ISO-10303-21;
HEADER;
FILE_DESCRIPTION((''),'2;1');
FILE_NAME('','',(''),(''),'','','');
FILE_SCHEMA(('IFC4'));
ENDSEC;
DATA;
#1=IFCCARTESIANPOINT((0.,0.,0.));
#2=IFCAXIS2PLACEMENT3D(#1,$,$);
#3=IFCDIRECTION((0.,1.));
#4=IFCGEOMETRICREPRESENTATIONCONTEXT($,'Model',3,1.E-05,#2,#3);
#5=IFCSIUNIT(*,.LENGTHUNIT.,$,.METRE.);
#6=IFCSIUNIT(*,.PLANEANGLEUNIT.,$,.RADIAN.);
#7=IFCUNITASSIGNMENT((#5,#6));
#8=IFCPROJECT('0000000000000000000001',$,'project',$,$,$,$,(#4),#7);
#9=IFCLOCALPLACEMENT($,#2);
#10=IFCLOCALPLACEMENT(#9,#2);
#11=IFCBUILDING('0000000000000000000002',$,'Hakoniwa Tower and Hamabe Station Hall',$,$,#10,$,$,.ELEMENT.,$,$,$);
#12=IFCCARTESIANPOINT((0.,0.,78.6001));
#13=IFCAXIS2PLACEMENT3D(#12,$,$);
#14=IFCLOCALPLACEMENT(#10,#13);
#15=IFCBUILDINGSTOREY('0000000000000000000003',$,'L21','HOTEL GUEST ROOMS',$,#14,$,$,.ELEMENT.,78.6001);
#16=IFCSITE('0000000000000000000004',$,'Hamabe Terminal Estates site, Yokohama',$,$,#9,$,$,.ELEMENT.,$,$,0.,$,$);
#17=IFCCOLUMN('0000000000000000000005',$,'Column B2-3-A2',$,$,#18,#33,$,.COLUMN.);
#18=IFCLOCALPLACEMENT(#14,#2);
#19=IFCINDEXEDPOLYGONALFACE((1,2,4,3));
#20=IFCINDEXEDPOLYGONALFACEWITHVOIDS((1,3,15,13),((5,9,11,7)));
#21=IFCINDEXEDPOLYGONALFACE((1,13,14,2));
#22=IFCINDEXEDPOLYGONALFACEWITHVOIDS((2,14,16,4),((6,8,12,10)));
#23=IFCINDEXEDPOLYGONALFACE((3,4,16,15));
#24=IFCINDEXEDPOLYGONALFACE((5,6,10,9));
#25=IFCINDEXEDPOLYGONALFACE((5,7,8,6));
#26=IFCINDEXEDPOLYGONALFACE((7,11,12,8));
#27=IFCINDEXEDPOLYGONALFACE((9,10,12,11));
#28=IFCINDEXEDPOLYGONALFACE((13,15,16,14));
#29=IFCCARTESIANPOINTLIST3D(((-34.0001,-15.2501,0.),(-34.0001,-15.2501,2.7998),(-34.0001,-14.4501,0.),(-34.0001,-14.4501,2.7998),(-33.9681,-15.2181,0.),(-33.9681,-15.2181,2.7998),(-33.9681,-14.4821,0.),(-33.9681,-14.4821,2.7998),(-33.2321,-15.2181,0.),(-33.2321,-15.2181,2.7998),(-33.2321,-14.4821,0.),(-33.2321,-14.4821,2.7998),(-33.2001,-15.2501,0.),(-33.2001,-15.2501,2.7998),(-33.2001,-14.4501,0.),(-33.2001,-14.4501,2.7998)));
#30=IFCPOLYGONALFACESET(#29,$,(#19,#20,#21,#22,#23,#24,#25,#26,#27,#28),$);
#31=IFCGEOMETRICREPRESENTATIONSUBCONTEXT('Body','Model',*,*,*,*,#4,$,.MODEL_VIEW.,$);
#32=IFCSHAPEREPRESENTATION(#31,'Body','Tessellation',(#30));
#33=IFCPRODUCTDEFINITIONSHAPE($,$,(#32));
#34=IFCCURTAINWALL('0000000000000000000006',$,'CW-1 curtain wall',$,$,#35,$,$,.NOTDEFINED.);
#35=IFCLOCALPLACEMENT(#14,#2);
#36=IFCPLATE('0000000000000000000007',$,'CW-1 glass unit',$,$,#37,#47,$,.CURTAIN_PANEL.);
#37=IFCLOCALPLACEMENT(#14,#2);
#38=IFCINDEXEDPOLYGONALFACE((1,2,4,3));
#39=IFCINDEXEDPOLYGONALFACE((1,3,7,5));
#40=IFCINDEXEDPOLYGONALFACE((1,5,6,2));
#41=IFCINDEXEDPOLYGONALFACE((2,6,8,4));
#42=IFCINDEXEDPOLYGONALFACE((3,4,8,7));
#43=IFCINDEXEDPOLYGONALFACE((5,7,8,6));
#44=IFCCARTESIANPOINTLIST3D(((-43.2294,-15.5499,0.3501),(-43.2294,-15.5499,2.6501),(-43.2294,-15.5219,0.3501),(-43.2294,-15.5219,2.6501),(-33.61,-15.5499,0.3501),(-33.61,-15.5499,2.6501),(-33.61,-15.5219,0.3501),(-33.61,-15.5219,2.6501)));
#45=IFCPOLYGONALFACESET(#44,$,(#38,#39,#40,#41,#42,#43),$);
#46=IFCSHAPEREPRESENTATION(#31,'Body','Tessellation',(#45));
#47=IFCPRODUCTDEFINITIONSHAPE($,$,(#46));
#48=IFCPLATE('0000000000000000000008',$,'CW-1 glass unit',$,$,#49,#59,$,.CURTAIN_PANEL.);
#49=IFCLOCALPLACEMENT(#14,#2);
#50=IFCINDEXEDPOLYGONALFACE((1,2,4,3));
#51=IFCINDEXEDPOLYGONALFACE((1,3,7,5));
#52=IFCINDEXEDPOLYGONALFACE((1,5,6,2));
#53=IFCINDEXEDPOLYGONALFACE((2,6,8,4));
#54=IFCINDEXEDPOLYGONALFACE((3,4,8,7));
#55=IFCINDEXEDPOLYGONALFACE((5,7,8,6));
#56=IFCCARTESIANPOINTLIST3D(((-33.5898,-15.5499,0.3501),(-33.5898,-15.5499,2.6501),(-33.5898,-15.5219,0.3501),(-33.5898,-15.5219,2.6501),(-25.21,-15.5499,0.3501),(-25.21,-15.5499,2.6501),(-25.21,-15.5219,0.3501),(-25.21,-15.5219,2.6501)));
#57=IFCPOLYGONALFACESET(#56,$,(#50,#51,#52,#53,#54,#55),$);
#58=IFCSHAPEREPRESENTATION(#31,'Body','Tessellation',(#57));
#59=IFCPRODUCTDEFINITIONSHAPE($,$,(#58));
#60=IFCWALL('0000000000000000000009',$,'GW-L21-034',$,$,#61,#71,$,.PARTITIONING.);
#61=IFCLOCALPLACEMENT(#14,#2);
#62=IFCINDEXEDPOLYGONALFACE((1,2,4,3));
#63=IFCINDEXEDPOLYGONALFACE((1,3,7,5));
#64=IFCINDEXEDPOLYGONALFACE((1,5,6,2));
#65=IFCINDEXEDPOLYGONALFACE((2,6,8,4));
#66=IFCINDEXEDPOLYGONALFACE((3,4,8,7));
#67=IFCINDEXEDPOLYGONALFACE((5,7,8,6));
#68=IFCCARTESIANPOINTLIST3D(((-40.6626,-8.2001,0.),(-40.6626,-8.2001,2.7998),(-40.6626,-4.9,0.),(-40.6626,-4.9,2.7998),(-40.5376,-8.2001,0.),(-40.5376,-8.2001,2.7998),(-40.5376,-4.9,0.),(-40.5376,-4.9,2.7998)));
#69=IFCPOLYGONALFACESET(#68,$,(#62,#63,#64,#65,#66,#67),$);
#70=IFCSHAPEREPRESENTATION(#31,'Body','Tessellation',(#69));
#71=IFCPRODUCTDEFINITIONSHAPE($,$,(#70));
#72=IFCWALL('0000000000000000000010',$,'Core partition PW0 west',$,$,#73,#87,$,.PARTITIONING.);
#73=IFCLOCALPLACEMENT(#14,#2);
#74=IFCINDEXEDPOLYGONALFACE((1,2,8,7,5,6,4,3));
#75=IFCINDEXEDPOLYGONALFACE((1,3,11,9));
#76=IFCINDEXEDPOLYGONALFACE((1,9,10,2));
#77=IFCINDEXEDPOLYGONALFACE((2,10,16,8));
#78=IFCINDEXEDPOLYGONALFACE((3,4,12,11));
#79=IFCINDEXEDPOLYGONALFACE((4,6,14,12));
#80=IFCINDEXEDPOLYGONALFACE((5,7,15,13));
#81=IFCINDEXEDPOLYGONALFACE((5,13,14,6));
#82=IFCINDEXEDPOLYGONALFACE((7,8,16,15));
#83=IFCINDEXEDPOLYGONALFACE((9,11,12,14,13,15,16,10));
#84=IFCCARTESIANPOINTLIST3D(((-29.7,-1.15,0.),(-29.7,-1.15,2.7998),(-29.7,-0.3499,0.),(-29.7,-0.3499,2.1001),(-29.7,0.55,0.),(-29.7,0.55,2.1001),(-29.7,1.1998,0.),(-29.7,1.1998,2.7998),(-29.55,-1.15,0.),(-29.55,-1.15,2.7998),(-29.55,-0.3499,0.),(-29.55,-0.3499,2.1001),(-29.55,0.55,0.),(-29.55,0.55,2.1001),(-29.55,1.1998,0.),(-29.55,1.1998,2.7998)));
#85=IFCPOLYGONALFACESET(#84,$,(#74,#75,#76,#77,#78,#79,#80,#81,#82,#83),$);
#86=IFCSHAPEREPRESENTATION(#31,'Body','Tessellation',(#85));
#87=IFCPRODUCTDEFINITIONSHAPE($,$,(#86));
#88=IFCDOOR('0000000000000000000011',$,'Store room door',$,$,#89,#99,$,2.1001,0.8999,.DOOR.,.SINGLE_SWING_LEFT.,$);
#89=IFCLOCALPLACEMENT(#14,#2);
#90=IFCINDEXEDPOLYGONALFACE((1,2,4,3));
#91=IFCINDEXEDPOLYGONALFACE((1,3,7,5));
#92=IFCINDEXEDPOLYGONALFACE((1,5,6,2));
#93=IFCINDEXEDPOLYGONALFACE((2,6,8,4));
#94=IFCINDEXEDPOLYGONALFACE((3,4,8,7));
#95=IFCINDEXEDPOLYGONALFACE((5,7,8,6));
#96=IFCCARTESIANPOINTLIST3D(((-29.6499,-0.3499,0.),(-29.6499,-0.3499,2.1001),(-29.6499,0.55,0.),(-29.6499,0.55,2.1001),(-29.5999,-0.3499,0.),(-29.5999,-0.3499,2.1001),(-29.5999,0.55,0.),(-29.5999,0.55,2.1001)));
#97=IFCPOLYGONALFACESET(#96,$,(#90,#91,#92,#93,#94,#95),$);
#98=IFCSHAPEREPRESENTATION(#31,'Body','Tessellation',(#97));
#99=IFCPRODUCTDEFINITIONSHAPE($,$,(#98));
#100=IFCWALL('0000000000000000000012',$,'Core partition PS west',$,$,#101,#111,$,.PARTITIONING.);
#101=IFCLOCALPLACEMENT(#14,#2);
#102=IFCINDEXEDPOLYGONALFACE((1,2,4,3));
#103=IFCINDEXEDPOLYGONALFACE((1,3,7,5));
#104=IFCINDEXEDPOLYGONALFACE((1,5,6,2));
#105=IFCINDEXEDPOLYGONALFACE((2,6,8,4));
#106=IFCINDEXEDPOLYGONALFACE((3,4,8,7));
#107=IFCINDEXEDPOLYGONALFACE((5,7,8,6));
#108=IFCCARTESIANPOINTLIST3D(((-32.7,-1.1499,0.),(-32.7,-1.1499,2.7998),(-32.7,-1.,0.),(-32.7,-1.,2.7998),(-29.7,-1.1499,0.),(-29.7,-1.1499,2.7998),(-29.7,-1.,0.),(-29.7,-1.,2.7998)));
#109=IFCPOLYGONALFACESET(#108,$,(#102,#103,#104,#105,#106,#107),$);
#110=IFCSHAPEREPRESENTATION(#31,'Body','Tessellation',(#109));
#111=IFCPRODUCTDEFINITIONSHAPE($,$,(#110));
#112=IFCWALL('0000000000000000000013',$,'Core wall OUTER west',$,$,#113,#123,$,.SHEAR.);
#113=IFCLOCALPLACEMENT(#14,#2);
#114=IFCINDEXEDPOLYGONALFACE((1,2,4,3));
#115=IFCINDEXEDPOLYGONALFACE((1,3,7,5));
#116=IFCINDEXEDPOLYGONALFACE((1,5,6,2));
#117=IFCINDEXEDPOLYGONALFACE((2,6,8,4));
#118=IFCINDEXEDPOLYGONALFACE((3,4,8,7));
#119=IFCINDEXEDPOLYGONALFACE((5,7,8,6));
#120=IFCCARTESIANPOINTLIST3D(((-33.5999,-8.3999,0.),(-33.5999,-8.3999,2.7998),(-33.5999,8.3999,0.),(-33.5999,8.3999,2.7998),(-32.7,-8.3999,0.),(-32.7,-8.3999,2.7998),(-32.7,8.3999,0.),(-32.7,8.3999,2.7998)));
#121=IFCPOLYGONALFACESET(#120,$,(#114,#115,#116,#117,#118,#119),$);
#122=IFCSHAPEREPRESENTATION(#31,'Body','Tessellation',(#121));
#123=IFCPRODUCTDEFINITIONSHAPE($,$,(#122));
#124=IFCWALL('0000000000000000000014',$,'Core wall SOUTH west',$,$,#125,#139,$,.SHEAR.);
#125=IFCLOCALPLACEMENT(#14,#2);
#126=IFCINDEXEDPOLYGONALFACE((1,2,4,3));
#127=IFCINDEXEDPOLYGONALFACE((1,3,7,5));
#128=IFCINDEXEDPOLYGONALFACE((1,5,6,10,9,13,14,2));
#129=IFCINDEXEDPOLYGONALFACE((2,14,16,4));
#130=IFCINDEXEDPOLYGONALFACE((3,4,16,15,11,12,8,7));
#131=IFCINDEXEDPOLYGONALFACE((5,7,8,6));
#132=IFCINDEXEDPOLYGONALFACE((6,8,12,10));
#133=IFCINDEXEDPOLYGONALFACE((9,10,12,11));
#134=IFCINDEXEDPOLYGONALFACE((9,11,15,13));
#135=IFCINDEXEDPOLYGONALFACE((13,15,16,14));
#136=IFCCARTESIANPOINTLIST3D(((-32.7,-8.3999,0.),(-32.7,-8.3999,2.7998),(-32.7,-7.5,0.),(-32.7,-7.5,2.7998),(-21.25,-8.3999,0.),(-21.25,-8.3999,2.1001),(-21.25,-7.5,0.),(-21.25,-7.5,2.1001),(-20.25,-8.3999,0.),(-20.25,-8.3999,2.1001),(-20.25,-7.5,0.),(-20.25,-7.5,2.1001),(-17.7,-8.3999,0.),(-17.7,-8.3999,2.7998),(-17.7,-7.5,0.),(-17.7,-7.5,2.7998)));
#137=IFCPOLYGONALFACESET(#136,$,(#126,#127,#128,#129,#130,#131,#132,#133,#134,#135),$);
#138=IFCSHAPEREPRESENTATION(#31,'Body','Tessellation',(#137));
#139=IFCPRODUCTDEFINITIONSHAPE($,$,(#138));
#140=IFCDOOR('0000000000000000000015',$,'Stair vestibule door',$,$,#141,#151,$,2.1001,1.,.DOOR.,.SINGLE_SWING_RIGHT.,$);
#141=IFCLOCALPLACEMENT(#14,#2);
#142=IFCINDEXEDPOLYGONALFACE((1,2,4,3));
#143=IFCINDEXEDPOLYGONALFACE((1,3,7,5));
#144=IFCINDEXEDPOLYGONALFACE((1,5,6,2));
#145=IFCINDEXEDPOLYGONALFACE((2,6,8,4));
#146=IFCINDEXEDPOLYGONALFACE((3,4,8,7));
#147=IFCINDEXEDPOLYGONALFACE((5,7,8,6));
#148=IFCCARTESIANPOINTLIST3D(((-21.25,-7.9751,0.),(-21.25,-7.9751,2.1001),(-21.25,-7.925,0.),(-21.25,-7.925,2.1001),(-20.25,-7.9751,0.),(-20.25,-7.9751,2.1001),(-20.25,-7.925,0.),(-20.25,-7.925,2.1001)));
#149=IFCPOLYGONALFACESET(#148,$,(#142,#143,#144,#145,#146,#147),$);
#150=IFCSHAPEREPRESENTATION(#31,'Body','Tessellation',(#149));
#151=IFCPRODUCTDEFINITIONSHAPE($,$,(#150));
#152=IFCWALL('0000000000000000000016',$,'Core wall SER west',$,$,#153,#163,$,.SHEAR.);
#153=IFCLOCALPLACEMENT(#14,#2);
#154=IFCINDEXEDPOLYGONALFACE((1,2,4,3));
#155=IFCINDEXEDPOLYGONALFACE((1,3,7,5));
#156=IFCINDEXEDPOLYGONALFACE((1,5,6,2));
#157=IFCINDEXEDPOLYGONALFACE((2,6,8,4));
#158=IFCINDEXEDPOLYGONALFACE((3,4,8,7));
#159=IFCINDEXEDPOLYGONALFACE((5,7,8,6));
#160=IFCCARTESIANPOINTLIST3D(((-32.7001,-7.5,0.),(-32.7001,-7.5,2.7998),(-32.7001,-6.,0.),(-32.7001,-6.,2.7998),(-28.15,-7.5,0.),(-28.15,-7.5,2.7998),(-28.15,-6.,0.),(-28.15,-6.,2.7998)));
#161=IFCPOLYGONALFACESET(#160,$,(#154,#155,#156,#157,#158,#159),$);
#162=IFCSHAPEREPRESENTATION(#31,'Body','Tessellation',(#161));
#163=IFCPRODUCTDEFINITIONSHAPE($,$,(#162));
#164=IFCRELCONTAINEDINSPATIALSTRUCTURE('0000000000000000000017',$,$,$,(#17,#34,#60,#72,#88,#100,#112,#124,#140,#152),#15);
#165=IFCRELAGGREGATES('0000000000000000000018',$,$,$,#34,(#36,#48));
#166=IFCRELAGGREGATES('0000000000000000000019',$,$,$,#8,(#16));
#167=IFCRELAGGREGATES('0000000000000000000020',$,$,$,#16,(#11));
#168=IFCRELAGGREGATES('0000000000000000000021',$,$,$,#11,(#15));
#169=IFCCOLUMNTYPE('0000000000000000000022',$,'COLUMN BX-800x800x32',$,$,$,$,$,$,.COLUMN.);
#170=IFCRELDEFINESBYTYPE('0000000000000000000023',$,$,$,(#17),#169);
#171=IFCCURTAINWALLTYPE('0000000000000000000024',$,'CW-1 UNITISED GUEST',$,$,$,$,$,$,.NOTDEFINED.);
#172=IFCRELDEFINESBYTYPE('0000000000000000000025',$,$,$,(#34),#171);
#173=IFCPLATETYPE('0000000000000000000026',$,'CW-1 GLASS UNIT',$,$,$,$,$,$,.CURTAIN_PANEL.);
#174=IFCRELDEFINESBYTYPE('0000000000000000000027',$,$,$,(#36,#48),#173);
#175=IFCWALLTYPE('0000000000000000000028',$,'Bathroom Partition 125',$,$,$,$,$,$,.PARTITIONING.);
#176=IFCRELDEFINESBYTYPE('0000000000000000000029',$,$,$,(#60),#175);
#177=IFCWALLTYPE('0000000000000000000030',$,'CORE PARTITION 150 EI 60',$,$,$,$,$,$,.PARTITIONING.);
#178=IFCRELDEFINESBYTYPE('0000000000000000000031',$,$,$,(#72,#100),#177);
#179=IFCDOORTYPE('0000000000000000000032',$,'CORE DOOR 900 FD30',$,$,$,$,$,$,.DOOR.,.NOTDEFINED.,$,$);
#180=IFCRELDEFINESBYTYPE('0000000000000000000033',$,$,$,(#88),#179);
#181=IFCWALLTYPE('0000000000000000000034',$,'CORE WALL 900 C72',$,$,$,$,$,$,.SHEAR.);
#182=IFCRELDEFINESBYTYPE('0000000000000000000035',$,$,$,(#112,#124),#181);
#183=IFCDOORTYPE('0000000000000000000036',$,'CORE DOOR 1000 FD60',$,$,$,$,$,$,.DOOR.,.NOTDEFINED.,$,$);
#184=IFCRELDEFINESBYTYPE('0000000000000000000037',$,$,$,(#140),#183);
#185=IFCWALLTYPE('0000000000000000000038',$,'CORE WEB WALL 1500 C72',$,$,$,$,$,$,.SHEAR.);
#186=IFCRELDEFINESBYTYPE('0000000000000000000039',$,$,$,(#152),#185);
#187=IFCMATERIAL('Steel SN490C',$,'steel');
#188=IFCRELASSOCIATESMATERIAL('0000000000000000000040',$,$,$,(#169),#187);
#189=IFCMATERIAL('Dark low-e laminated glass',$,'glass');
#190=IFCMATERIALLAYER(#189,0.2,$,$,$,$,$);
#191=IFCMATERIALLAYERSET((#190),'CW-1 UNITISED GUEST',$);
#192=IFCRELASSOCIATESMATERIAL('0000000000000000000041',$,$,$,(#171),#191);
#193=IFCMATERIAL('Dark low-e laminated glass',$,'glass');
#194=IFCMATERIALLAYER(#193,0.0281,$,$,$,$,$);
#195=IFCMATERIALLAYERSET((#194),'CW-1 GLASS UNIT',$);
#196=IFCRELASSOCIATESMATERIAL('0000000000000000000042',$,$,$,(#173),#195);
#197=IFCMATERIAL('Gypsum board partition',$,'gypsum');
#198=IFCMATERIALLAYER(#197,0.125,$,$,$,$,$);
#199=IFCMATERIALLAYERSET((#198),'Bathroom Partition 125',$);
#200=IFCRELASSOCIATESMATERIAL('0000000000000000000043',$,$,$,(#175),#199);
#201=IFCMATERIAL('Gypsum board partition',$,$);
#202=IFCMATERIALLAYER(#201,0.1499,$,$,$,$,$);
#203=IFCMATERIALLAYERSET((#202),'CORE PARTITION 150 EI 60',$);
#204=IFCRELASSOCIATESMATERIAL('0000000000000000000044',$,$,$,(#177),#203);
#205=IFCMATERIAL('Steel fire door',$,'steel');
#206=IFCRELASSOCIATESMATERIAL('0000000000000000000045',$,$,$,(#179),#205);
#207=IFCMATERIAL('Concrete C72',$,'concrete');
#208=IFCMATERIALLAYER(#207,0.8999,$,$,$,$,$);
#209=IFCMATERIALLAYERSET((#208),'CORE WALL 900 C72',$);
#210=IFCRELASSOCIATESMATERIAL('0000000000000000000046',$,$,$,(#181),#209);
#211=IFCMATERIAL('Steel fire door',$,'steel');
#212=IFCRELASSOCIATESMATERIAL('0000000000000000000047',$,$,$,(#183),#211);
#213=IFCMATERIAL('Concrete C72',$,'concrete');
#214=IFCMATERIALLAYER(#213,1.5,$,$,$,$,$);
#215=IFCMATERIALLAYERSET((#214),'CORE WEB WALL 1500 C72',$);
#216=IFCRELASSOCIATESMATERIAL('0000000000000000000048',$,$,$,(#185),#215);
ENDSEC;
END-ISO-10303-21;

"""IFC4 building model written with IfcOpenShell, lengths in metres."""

from ifc_helpers import new_model, si_unit, direction, frame, frame_2d, origin, origin_2d, place, context, subcontext, project, spatial, rectangle, hollow_rectangle, extrude, material, layer, layer_set, material_profile, profile_set, type_object, element, fill, aggregate, save


model = new_model("IFC4")

# Units and contexts
model_context = context("Model", 3, precision=1e-05, world=origin(), true_north=direction((0.0, 1.0)))
body_context = subcontext(model_context, "Body", "Model", "MODEL_VIEW")
ifc_project = project(units=[si_unit("LENGTHUNIT", "METRE"), si_unit("PLANEANGLEUNIT", "RADIAN")], contexts=[model_context])

# Site, building, storey
site_placement = place(None, origin())
site = spatial("IfcSite", under=ifc_project, at=site_placement, Name="Hamabe Terminal Estates site, Yokohama", CompositionType="ELEMENT", RefElevation=0.0)
building_placement = place(site_placement, origin())
building = spatial("IfcBuilding", under=site, at=building_placement, Name="Hakoniwa Tower and Hamabe Station Hall", CompositionType="ELEMENT")
storey_placement = place(building_placement, frame((0.0, 0.0, 78.6001)))
storey = spatial("IfcBuildingStorey", under=building, at=storey_placement, Name="L21", Description="HOTEL GUEST ROOMS", CompositionType="ELEMENT", Elevation=78.6001)

# Column
ifc_material_1 = material(Name="Steel SN490C", Category="steel")
ifc_material_profile = material_profile(ifc_material_1, hollow_rectangle(XDim=0.8, YDim=0.8, WallThickness=0.032, at=origin_2d()), Name="BX-800x800x32")
ifc_profile_set = profile_set([ifc_material_profile], Name="Steel SN490C")
column_type = type_object("IfcColumnType", Name="COLUMN BX-800x800x32", PredefinedType="COLUMN", material=ifc_profile_set)
column_placement = place(storey_placement, frame((-33.6001, -14.8501, 0.0), z_axis=(0.0, 0.0, 1.0), x_axis=(1.0, 0.0, 0.0)))
element("IfcColumn", 1, at=column_placement, inside=storey, type_object=column_type, Name="Column B2-3-A2", PredefinedType="COLUMN", context=body_context, shape_type="SweptSolid", body=[
    extrude(hollow_rectangle(XDim=0.8, YDim=0.8, WallThickness=0.032, at=origin_2d()), origin(), (0.0, 0.0, 1.0), 2.7998),
])

# Curtain wall, plates
ifc_material_2 = material(Name="Dark low-e laminated glass", Category="glass")
ifc_layer_1 = layer(ifc_material_2, 0.2)
ifc_layer_set_1 = layer_set([ifc_layer_1], Name="CW-1 UNITISED GUEST")
curtain_wall_type = type_object("IfcCurtainWallType", Name="CW-1 UNITISED GUEST", PredefinedType="NOTDEFINED", material=ifc_layer_set_1)
curtain_wall_placement = place(storey_placement, origin())
curtain_wall = element("IfcCurtainWall", 2, at=curtain_wall_placement, inside=storey, type_object=curtain_wall_type, Name="CW-1 curtain wall", PredefinedType="NOTDEFINED")
ifc_material_3 = material(Name="Dark low-e laminated glass", Category="glass")
ifc_layer_2 = layer(ifc_material_3, 0.0281)
ifc_layer_set_2 = layer_set([ifc_layer_2], Name="CW-1 GLASS UNIT")
plate_type = type_object("IfcPlateType", Name="CW-1 GLASS UNIT", PredefinedType="CURTAIN_PANEL", material=ifc_layer_set_2)
plate_1_placement = place(storey_placement, frame((-38.4197, -15.5359, 0.3501), z_axis=(0.0, 0.0, 1.0), x_axis=(1.0, 0.0, 0.0)))
plate_1 = element("IfcPlate", 3, at=plate_1_placement, type_object=plate_type, Name="CW-1 glass unit", PredefinedType="CURTAIN_PANEL", context=body_context, shape_type="SweptSolid", body=[
    extrude(rectangle(XDim=9.6194, YDim=0.0281, at=origin_2d()), origin(), (0.0, 0.0, 1.0), 2.3),
])
plate_2_placement = place(storey_placement, frame((-29.3999, -15.5359, 0.3501), z_axis=(0.0, 0.0, 1.0), x_axis=(1.0, 0.0, 0.0)))
plate_2 = element("IfcPlate", 4, at=plate_2_placement, type_object=plate_type, Name="CW-1 glass unit", PredefinedType="CURTAIN_PANEL", context=body_context, shape_type="SweptSolid", body=[
    extrude(rectangle(XDim=8.3799, YDim=0.0281, at=origin_2d()), origin(), (0.0, 0.0, 1.0), 2.3),
])
aggregate(curtain_wall, [plate_1, plate_2])

# Wall
ifc_material_4 = material(Name="Gypsum board partition", Category="gypsum")
ifc_layer_3 = layer(ifc_material_4, 0.125)
ifc_layer_set_3 = layer_set([ifc_layer_3], Name="Bathroom Partition 125")
wall_type_1 = type_object("IfcWallType", Name="Bathroom Partition 125", PredefinedType="PARTITIONING", material=ifc_layer_set_3)
wall_1_placement = place(storey_placement, frame((-40.6001, -8.2, 0.0), z_axis=(0.0, 0.0, 1.0), x_axis=(0.0, 1.0, 0.0)))
element("IfcWall", 5, at=wall_1_placement, inside=storey, type_object=wall_type_1, Name="GW-L21-034", PredefinedType="PARTITIONING", context=body_context, shape_type="SweptSolid", body=[
    extrude(rectangle(XDim=3.3, YDim=0.125, at=frame_2d((1.6499, 0.0))), origin(), (0.0, 0.0, 1.0), 2.7998),
])

# Wall, opening, door
ifc_material_5 = material(Name="Gypsum board partition")
ifc_layer_4 = layer(ifc_material_5, 0.1499)
ifc_layer_set_4 = layer_set([ifc_layer_4], Name="CORE PARTITION 150 EI 60")
wall_type_2 = type_object("IfcWallType", Name="CORE PARTITION 150 EI 60", PredefinedType="PARTITIONING", material=ifc_layer_set_4)
wall_2_placement = place(storey_placement, frame((-29.625, -1.1499, 0.0), z_axis=(0.0, 0.0, 1.0), x_axis=(0.0, 1.0, 0.0)))
wall_2 = element("IfcWall", 6, at=wall_2_placement, inside=storey, type_object=wall_type_2, Name="Core partition PW0 west", PredefinedType="PARTITIONING", context=body_context, shape_type="SweptSolid", body=[
    extrude(rectangle(XDim=2.3499, YDim=0.1499, at=frame_2d((1.1748, 0.0))), origin(), (0.0, 0.0, 1.0), 2.7998),
])
opening_1_placement = place(wall_2_placement, frame((0.8, 0.0, 0.0)))
opening_1 = element("IfcOpeningElement", 7, at=opening_1_placement, cuts=wall_2, PredefinedType="OPENING", context=body_context, shape_type="SweptSolid", body=[
    extrude(rectangle(XDim=0.8999, YDim=2.1001, at=frame_2d((0.45, 1.05))), frame((0.0, 0.085, 0.0), z_axis=(0.0, -1.0, 0.0), x_axis=(1.0, 0.0, 0.0)), (0.0, 0.0, 1.0), 0.1699),
])
ifc_material_6 = material(Name="Steel fire door", Category="steel")
door_type_1 = type_object("IfcDoorType", Name="CORE DOOR 900 FD30", OperationType="NOTDEFINED", PredefinedType="DOOR", material=ifc_material_6)
door_1_placement = place(opening_1_placement, origin())
door_1 = element("IfcDoor", 8, at=door_1_placement, inside=storey, type_object=door_type_1, Name="Store room door", OperationType="SINGLE_SWING_LEFT", OverallHeight=2.1001, OverallWidth=0.8999, PredefinedType="DOOR", context=body_context, shape_type="SweptSolid", body=[
    extrude(rectangle(XDim=0.8999, YDim=2.1001, at=frame_2d((0.45, 1.05))), frame((0.0, 0.0249, 0.0), z_axis=(0.0, -1.0, 0.0), x_axis=(1.0, 0.0, 0.0)), (0.0, 0.0, 1.0), 0.05),
])
fill(opening_1, door_1)

# Walls
wall_3_placement = place(storey_placement, frame((-32.7, -1.075, 0.0), z_axis=(0.0, 0.0, 1.0), x_axis=(1.0, 0.0, 0.0)))
element("IfcWall", 9, at=wall_3_placement, inside=storey, type_object=wall_type_2, Name="Core partition PS west", PredefinedType="PARTITIONING", context=body_context, shape_type="SweptSolid", body=[
    extrude(rectangle(XDim=3.0, YDim=0.1499, at=frame_2d((1.5, 0.0))), origin(), (0.0, 0.0, 1.0), 2.7998),
])
ifc_material_7 = material(Name="Concrete C72", Category="concrete")
ifc_layer_5 = layer(ifc_material_7, 0.8999)
ifc_layer_set_5 = layer_set([ifc_layer_5], Name="CORE WALL 900 C72")
wall_type_3 = type_object("IfcWallType", Name="CORE WALL 900 C72", PredefinedType="SHEAR", material=ifc_layer_set_5)
wall_4_placement = place(storey_placement, frame((-33.1499, -8.3999, 0.0), z_axis=(0.0, 0.0, 1.0), x_axis=(0.0, 1.0, 0.0)))
element("IfcWall", 10, at=wall_4_placement, inside=storey, type_object=wall_type_3, Name="Core wall OUTER west", PredefinedType="SHEAR", context=body_context, shape_type="SweptSolid", body=[
    extrude(rectangle(XDim=16.7998, YDim=0.8999, at=frame_2d((8.3999, 0.0))), origin(), (0.0, 0.0, 1.0), 2.7998),
])

# Wall, opening, door
wall_5_placement = place(storey_placement, frame((-32.7, -7.95, 0.0), z_axis=(0.0, 0.0, 1.0), x_axis=(1.0, 0.0, 0.0)))
wall_5 = element("IfcWall", 11, at=wall_5_placement, inside=storey, type_object=wall_type_3, Name="Core wall SOUTH west", PredefinedType="SHEAR", context=body_context, shape_type="SweptSolid", body=[
    extrude(rectangle(XDim=15.0, YDim=0.8999, at=frame_2d((7.5, 0.0))), origin(), (0.0, 0.0, 1.0), 2.7998),
])
opening_2_placement = place(wall_5_placement, frame((11.45, 0.0, 0.0)))
opening_2 = element("IfcOpeningElement", 12, at=opening_2_placement, cuts=wall_5, PredefinedType="OPENING", context=body_context, shape_type="SweptSolid", body=[
    extrude(rectangle(XDim=1.0, YDim=2.1001, at=frame_2d((0.5, 1.05))), frame((0.0, 0.46, 0.0), z_axis=(0.0, -1.0, 0.0), x_axis=(1.0, 0.0, 0.0)), (0.0, 0.0, 1.0), 0.9199),
])
ifc_material_8 = material(Name="Steel fire door", Category="steel")
door_type_2 = type_object("IfcDoorType", Name="CORE DOOR 1000 FD60", OperationType="NOTDEFINED", PredefinedType="DOOR", material=ifc_material_8)
door_2_placement = place(opening_2_placement, origin())
door_2 = element("IfcDoor", 13, at=door_2_placement, inside=storey, type_object=door_type_2, Name="Stair vestibule door", OperationType="SINGLE_SWING_RIGHT", OverallHeight=2.1001, OverallWidth=1.0, PredefinedType="DOOR", context=body_context, shape_type="SweptSolid", body=[
    extrude(rectangle(XDim=1.0, YDim=2.1001, at=frame_2d((0.5, 1.05))), frame((0.0, 0.0249, 0.0), z_axis=(0.0, -1.0, 0.0), x_axis=(1.0, 0.0, 0.0)), (0.0, 0.0, 1.0), 0.05),
])
fill(opening_2, door_2)

# Wall
ifc_material_9 = material(Name="Concrete C72", Category="concrete")
ifc_layer_6 = layer(ifc_material_9, 1.5)
ifc_layer_set_6 = layer_set([ifc_layer_6], Name="CORE WEB WALL 1500 C72")
wall_type_4 = type_object("IfcWallType", Name="CORE WEB WALL 1500 C72", PredefinedType="SHEAR", material=ifc_layer_set_6)
wall_6_placement = place(storey_placement, frame((-32.7, -6.75, 0.0), z_axis=(0.0, 0.0, 1.0), x_axis=(1.0, 0.0, 0.0)))
element("IfcWall", 14, at=wall_6_placement, inside=storey, type_object=wall_type_4, Name="Core wall SER west", PredefinedType="SHEAR", context=body_context, shape_type="SweptSolid", body=[
    extrude(rectangle(XDim=4.55, YDim=1.5, at=frame_2d((2.2749, 0.0))), origin(), (0.0, 0.0, 1.0), 2.7998),
])

save(model, "model.ifc")
